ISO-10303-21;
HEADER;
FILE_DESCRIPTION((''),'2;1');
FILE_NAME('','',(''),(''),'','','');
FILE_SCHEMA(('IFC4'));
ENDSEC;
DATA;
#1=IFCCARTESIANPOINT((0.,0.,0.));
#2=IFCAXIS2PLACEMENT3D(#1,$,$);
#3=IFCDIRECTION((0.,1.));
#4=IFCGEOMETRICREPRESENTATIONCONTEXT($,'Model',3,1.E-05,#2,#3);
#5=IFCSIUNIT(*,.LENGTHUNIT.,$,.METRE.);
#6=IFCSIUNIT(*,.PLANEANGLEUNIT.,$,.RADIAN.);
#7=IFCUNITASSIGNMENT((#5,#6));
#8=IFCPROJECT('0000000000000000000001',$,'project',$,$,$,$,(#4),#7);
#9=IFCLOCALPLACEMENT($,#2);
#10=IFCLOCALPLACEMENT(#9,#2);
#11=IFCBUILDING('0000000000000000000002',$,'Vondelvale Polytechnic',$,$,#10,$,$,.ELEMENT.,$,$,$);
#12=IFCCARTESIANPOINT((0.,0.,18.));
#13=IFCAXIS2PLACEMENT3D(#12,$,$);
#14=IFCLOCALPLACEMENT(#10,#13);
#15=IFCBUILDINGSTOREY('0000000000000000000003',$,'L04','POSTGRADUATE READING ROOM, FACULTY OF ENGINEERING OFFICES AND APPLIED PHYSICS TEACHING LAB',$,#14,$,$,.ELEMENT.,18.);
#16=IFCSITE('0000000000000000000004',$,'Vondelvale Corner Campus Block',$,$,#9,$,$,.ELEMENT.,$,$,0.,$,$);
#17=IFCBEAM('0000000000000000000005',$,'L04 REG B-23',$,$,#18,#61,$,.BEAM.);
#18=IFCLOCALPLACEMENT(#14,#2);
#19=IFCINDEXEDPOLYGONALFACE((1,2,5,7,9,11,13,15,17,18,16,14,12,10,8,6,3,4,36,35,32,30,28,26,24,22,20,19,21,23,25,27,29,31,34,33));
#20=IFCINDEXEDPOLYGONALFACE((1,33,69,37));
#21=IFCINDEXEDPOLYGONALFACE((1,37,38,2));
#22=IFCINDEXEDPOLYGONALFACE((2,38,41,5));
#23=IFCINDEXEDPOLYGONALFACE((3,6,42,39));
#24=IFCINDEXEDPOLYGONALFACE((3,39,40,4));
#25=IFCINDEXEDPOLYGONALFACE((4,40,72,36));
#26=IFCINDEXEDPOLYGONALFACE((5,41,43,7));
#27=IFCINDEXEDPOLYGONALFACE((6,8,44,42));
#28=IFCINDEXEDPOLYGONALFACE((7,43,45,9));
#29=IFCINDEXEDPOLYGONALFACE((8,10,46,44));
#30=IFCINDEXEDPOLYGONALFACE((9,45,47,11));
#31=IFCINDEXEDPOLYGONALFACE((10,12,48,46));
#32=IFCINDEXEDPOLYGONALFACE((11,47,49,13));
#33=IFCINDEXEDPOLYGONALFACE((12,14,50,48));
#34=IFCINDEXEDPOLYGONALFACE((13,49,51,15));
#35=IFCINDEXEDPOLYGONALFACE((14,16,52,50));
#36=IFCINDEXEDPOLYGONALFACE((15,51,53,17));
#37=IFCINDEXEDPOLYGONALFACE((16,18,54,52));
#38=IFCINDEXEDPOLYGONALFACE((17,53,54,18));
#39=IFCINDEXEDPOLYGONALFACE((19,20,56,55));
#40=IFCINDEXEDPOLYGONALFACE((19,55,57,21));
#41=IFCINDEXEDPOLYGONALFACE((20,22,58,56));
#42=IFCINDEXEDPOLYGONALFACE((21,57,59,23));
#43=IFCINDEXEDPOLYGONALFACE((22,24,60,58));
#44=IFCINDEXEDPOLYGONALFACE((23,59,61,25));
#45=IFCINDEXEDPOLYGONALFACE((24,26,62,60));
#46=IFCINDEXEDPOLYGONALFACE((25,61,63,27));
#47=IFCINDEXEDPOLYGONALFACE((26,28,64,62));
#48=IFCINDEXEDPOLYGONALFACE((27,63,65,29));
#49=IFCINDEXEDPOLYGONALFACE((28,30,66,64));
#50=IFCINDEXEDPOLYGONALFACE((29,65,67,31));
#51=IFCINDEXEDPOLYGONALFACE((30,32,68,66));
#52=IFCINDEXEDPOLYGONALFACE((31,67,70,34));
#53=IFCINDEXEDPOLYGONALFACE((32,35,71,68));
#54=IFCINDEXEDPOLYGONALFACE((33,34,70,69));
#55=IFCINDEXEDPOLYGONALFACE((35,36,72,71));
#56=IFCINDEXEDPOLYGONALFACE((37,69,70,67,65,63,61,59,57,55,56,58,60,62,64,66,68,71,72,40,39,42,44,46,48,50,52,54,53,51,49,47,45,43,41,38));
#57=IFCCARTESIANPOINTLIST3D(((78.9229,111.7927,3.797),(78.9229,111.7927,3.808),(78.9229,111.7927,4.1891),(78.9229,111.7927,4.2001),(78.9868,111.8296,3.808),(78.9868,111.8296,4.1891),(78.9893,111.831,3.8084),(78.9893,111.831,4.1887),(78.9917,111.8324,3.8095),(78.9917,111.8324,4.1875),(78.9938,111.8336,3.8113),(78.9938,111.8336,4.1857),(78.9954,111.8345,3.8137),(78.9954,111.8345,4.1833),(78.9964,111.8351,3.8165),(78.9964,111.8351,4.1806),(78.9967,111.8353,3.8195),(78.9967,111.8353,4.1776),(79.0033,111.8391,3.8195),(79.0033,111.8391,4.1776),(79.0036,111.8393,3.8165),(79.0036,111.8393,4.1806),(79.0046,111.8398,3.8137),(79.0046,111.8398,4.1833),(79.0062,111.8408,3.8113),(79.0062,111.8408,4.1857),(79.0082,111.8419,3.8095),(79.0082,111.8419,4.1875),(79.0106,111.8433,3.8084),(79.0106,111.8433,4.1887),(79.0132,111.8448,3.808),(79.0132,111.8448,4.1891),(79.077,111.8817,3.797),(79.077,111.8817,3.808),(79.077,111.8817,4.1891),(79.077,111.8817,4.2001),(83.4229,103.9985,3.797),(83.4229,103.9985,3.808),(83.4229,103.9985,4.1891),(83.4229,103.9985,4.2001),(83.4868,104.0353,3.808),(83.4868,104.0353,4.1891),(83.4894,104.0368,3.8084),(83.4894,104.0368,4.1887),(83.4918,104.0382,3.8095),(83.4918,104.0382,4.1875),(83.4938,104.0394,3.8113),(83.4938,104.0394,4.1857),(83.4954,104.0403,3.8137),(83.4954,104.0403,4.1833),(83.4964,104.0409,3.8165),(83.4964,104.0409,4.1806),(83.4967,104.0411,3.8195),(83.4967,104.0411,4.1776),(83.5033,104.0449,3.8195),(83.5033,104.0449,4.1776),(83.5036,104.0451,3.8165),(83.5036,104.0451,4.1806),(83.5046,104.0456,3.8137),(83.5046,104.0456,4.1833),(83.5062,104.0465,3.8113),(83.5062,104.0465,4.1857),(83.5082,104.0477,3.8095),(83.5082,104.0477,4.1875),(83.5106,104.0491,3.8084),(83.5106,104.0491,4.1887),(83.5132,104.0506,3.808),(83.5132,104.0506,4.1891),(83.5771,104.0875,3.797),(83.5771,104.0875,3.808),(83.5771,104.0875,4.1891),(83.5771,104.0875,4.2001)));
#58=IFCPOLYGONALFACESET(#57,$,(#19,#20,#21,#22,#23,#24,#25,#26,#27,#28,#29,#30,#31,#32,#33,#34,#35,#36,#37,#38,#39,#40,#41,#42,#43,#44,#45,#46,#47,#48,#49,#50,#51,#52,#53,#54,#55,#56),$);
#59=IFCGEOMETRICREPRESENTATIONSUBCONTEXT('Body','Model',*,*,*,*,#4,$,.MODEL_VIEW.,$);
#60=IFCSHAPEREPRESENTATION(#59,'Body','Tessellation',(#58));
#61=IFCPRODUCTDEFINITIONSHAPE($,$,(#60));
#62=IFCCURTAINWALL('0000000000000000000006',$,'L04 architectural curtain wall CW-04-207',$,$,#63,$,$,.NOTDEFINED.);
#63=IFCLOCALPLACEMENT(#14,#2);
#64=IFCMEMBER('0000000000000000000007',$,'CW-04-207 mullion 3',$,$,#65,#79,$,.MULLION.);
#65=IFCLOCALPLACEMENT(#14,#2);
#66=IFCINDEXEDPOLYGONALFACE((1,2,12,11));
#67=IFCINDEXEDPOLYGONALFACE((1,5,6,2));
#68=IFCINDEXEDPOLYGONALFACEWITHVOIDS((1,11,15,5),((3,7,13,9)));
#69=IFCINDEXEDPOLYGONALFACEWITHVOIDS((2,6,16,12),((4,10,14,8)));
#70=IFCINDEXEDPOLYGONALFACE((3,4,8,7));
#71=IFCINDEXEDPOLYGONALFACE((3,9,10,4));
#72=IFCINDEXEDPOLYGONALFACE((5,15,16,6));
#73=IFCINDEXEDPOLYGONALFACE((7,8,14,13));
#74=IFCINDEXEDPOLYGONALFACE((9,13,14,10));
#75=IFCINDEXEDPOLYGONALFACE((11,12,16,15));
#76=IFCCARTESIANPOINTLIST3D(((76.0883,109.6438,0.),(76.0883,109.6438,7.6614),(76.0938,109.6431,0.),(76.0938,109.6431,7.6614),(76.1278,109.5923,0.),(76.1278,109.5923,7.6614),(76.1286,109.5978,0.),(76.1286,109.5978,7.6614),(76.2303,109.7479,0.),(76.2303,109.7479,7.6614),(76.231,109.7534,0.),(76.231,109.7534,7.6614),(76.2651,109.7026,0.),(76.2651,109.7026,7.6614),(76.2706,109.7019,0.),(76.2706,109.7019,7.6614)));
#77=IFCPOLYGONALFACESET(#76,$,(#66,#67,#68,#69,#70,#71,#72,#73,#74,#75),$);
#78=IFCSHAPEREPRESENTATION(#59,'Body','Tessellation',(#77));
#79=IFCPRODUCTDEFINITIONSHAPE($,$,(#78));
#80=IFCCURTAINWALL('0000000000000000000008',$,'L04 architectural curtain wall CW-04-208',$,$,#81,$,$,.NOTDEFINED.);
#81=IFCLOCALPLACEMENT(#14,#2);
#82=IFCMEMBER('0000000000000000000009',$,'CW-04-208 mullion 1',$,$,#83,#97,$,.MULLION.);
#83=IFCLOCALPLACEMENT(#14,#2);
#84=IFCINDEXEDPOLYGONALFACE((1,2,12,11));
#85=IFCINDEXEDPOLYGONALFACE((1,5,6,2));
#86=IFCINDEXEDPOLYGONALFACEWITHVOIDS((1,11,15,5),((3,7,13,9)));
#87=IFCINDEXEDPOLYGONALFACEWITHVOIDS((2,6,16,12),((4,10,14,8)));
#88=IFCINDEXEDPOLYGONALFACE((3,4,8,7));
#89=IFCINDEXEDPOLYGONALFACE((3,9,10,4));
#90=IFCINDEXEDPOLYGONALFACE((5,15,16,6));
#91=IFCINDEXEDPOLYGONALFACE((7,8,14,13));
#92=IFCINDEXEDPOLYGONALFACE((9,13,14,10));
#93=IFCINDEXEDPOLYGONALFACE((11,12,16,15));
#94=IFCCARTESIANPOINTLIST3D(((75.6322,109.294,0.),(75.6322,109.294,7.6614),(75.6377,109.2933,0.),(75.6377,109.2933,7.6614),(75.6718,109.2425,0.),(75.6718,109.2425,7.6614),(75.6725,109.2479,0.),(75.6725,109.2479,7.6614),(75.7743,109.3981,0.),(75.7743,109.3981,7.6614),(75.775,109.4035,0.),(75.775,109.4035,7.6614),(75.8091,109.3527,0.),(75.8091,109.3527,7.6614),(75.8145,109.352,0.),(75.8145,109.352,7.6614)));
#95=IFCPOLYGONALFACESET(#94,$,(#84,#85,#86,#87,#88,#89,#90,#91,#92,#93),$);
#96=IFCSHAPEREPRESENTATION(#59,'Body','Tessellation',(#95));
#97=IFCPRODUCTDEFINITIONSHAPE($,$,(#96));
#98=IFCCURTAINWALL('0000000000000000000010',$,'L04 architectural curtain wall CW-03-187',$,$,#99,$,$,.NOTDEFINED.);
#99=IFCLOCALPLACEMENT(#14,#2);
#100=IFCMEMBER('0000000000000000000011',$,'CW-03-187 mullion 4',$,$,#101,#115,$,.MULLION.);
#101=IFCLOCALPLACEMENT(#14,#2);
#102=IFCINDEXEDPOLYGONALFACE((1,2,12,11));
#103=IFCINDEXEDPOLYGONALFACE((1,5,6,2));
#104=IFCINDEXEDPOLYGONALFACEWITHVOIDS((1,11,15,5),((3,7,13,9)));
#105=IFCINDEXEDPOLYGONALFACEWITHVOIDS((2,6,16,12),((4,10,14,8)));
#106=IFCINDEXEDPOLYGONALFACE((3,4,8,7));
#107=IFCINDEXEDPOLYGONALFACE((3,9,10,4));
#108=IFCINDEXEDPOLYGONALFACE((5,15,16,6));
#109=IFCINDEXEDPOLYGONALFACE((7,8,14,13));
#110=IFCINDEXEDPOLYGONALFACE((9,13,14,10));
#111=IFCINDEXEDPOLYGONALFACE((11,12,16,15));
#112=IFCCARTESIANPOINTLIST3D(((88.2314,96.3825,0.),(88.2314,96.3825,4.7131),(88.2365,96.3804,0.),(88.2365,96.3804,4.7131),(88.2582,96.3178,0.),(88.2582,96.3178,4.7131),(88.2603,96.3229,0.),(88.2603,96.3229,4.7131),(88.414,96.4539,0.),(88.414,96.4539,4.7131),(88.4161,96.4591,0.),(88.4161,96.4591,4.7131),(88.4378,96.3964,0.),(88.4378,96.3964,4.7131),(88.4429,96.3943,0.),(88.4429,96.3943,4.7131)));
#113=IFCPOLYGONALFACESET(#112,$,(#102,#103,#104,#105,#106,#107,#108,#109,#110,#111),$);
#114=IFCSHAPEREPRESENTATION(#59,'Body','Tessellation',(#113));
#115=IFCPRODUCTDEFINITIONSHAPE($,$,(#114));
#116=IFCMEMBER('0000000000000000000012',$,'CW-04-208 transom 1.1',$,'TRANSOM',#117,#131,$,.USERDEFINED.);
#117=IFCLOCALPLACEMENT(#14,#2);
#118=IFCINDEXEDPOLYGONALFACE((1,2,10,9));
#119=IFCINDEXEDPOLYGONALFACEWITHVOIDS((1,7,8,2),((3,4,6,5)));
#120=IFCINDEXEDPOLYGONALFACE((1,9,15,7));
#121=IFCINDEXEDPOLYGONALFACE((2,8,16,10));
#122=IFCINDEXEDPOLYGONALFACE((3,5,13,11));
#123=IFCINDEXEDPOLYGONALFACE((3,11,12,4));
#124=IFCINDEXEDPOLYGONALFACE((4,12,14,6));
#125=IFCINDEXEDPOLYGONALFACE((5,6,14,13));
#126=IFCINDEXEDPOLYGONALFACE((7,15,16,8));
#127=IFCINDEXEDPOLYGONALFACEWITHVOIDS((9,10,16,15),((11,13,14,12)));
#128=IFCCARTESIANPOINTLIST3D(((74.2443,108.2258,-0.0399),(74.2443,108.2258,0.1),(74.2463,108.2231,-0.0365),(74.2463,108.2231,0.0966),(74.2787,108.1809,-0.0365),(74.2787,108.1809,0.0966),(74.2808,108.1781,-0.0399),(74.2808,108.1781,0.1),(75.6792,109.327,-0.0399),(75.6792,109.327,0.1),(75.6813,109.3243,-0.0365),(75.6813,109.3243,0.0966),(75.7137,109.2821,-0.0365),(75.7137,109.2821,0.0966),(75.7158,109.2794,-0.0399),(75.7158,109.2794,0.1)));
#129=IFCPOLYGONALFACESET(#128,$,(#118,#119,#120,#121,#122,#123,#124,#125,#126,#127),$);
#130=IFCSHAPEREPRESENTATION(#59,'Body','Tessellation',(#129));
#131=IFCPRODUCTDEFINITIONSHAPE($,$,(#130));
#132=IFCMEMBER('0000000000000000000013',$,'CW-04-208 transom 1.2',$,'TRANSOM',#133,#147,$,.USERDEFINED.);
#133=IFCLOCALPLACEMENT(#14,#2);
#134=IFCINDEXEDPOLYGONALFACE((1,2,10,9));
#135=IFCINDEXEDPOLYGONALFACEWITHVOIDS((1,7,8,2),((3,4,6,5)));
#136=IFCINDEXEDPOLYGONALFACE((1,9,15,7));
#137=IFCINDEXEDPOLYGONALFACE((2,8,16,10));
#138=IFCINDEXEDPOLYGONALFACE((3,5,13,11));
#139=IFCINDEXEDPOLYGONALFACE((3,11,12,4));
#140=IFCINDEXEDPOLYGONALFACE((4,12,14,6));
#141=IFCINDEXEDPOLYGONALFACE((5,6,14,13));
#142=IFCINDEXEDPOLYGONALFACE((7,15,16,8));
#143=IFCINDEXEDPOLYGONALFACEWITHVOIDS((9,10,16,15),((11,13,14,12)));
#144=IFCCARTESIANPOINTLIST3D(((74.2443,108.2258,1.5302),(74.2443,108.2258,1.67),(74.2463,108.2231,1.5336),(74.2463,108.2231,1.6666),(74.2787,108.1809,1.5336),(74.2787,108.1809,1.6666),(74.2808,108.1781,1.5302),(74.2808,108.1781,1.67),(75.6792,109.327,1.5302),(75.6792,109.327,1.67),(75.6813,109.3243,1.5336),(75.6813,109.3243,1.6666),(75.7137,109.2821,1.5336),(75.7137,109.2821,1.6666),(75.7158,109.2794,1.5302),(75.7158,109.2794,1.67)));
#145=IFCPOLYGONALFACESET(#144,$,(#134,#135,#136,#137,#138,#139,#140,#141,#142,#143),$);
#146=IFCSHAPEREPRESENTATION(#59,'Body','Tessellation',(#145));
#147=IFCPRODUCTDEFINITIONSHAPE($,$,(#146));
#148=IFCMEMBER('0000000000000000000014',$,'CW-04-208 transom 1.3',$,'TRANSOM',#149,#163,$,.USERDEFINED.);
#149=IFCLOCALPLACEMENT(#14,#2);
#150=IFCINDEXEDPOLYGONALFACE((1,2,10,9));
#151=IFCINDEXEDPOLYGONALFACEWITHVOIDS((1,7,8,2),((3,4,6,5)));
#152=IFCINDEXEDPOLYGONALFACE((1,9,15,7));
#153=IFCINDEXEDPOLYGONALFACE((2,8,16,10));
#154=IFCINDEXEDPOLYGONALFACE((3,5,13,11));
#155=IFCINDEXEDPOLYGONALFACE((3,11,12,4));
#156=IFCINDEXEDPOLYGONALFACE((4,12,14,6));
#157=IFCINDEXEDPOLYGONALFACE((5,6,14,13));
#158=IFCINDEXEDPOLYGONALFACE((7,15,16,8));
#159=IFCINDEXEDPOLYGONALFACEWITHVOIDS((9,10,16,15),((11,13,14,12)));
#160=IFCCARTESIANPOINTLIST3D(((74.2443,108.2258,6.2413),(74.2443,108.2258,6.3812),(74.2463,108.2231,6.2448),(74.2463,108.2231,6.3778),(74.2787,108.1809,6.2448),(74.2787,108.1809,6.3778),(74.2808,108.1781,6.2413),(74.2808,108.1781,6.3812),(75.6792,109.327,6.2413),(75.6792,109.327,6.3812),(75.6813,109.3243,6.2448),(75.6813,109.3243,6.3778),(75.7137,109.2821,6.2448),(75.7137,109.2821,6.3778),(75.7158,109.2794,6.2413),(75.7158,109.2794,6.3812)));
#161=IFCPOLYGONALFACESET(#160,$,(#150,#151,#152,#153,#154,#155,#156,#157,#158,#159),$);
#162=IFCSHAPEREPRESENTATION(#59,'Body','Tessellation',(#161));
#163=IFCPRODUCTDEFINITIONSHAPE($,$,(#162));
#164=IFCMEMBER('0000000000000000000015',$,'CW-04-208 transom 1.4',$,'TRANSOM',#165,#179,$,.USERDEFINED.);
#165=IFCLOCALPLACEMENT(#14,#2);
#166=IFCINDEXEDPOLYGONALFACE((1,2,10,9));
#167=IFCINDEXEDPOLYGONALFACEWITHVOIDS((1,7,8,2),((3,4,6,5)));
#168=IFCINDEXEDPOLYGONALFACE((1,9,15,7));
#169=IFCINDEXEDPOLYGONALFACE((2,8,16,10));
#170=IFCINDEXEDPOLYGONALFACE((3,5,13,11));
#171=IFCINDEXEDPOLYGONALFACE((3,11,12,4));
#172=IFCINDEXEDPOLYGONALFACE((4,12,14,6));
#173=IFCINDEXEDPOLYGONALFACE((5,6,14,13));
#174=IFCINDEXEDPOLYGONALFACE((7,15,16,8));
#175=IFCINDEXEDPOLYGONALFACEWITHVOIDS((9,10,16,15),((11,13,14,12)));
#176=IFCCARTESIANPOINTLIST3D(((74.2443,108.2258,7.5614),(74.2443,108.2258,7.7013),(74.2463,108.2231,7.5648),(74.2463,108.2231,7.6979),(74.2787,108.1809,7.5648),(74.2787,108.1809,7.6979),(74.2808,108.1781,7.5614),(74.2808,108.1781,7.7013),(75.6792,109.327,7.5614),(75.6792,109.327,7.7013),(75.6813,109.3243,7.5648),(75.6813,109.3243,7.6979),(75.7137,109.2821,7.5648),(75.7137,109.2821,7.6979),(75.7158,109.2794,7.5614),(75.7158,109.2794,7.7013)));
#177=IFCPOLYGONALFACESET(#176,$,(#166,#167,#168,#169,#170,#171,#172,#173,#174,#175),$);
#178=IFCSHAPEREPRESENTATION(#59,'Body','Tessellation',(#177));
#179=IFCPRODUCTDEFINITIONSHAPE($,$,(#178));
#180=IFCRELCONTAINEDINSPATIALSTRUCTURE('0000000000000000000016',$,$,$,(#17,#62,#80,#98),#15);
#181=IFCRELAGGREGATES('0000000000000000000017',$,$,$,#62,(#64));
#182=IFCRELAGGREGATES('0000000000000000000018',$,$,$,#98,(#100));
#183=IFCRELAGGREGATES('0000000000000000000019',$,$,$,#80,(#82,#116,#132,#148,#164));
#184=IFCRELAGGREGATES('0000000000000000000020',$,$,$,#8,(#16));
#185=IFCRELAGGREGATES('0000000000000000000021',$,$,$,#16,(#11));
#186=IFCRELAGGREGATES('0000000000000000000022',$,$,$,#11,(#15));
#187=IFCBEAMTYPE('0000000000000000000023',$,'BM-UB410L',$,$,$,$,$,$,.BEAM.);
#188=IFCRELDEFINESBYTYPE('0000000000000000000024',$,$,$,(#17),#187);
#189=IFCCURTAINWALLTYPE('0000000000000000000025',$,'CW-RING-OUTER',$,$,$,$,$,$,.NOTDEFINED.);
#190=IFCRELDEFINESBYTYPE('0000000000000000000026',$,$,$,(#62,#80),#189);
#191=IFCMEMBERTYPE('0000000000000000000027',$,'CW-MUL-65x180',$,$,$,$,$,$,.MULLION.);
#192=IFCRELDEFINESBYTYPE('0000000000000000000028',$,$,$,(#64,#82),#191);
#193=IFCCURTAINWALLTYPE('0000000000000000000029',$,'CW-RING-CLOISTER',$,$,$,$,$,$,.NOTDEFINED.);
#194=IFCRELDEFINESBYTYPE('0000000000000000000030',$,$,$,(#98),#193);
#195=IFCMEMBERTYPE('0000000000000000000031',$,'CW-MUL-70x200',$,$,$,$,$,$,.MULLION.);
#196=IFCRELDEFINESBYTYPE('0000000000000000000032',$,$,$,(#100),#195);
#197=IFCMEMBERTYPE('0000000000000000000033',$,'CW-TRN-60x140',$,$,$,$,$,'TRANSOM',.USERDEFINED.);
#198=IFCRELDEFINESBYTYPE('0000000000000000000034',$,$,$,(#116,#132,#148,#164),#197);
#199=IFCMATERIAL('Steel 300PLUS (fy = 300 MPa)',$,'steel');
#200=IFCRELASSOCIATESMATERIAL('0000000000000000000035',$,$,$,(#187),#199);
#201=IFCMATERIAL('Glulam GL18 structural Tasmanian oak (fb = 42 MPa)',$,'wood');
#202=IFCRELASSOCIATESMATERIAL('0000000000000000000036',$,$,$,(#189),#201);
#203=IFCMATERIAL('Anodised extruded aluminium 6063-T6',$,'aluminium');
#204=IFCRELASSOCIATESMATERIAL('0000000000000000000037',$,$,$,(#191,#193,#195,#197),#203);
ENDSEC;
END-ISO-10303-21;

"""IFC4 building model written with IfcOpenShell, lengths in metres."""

from ifc_helpers import new_model, si_unit, direction, frame, origin, origin_2d, place, context, subcontext, project, spatial, hollow_rectangle, i_section, extrude, material, material_profile, profile_set, type_object, element, aggregate, save


model = new_model("IFC4")

# Units and contexts
model_context = context("Model", 3, precision=1e-05, world=origin(), true_north=direction((0.0, 1.0)))
body_context = subcontext(model_context, "Body", "Model", "MODEL_VIEW")
ifc_project = project(units=[si_unit("LENGTHUNIT", "METRE"), si_unit("PLANEANGLEUNIT", "RADIAN")], contexts=[model_context])

# Site, building, storey
site_placement = place(None, origin())
site = spatial("IfcSite", under=ifc_project, at=site_placement, Name="Vondelvale Corner Campus Block", CompositionType="ELEMENT", RefElevation=0.0)
building_placement = place(site_placement, origin())
building = spatial("IfcBuilding", under=site, at=building_placement, Name="Vondelvale Polytechnic", CompositionType="ELEMENT")
storey_placement = place(building_placement, frame((0.0, 0.0, 18.0)))
storey = spatial("IfcBuildingStorey", under=building, at=storey_placement, Name="L04", Description="POSTGRADUATE READING ROOM, FACULTY OF ENGINEERING OFFICES AND APPLIED PHYSICS TEACHING LAB", CompositionType="ELEMENT", Elevation=18.0)

# Shared definitions
ifc_material_1 = material(Name="Glulam GL18 structural Tasmanian oak (fb = 42 MPa)", Category="wood")
ifc_material_2 = material(Name="Steel 300PLUS (fy = 300 MPa)", Category="steel")

# Beam
ifc_material_profile_1 = material_profile(ifc_material_2, i_section(OverallWidth=0.178, OverallDepth=0.4031, WebThickness=0.0076, FlangeThickness=0.011, FilletRadius=0.0115, at=origin_2d()), Name="410UB53.7")
ifc_profile_set_1 = profile_set([ifc_material_profile_1], Name="Steel 300PLUS (fy = 300 MPa)")
beam_type_1 = type_object("IfcBeamType", Name="BM-UB410L", PredefinedType="BEAM", material=ifc_profile_set_1)
beam_1_placement = place(storey_placement, frame((83.5, 104.043, 3.9985), z_axis=(-0.500002, 0.866024, 0.0), x_axis=(-0.866024, -0.500002, 0.0)))
element("IfcBeam", 1, at=beam_1_placement, inside=storey, type_object=beam_type_1, Name="L04 REG B-23", PredefinedType="BEAM", context=body_context, shape_type="SweptSolid", body=[
    extrude(i_section(OverallWidth=0.178, OverallDepth=0.4031, WebThickness=0.0076, FlangeThickness=0.011, FilletRadius=0.0115, at=origin_2d()), origin(), (0.0, 0.0, 1.0), 9.0),
])

# Curtain walls, members
curtain_wall_type_1 = type_object("IfcCurtainWallType", Name="CW-RING-OUTER", PredefinedType="NOTDEFINED", material=ifc_material_1)
curtain_wall_1_placement = place(storey_placement, origin())
curtain_wall_1 = element("IfcCurtainWall", 2, at=curtain_wall_1_placement, inside=storey, type_object=curtain_wall_type_1, Name="L04 architectural curtain wall CW-04-207", PredefinedType="NOTDEFINED")
ifc_material_3 = material(Name="Anodised extruded aluminium 6063-T6", Category="aluminium")
ifc_material_profile_2 = material_profile(ifc_material_3, hollow_rectangle(XDim=0.0649, YDim=0.1799, WallThickness=0.0039, at=origin_2d()), Name="CW-MUL-180x65")
ifc_profile_set_2 = profile_set([ifc_material_profile_2], Name="Anodised extruded aluminium 6063-T6")
member_type_1 = type_object("IfcMemberType", Name="CW-MUL-65x180", PredefinedType="MULLION", material=ifc_profile_set_2)
member_1_placement = place(storey_placement, frame((76.1794, 109.6729, 0.0), z_axis=(0.0, 0.0, 1.0), x_axis=(0.608787, -0.793334, 0.0)))
member_1 = element("IfcMember", 3, at=member_1_placement, type_object=member_type_1, Name="CW-04-207 mullion 3", PredefinedType="MULLION", context=body_context, shape_type="SweptSolid", body=[
    extrude(hollow_rectangle(XDim=0.0649, YDim=0.1799, WallThickness=0.0039, at=origin_2d()), origin(), (0.0, 0.0, 1.0), 7.6614),
])
aggregate(curtain_wall_1, [member_1])
curtain_wall_2_placement = place(storey_placement, origin())
curtain_wall_2 = element("IfcCurtainWall", 4, at=curtain_wall_2_placement, inside=storey, type_object=curtain_wall_type_1, Name="L04 architectural curtain wall CW-04-208", PredefinedType="NOTDEFINED")
member_2_placement = place(storey_placement, frame((75.7234, 109.323, 0.0), z_axis=(0.0, 0.0, 1.0), x_axis=(0.608771, -0.793346, 0.0)))
member_2 = element("IfcMember", 5, at=member_2_placement, type_object=member_type_1, Name="CW-04-208 mullion 1", PredefinedType="MULLION", context=body_context, shape_type="SweptSolid", body=[
    extrude(hollow_rectangle(XDim=0.0649, YDim=0.1799, WallThickness=0.0039, at=origin_2d()), origin(), (0.0, 0.0, 1.0), 7.6614),
])
curtain_wall_type_2 = type_object("IfcCurtainWallType", Name="CW-RING-CLOISTER", PredefinedType="NOTDEFINED", material=ifc_material_3)
curtain_wall_3_placement = place(storey_placement, origin())
curtain_wall_3 = element("IfcCurtainWall", 6, at=curtain_wall_3_placement, inside=storey, type_object=curtain_wall_type_2, Name="L04 architectural curtain wall CW-03-187", PredefinedType="NOTDEFINED")
ifc_material_profile_3 = material_profile(ifc_material_3, hollow_rectangle(XDim=0.0701, YDim=0.2, WallThickness=0.0039, at=origin_2d()), Name="CW-MUL-200x70")
ifc_profile_set_3 = profile_set([ifc_material_profile_3], Name="Anodised extruded aluminium 6063-T6")
member_type_2 = type_object("IfcMemberType", Name="CW-MUL-70x200", PredefinedType="MULLION", material=ifc_profile_set_3)
member_3_placement = place(storey_placement, frame((88.3372, 96.3884, 0.0), z_axis=(0.0, 0.0, 1.0), x_axis=(0.382679, -0.923882, 0.0)))
member_3 = element("IfcMember", 7, at=member_3_placement, type_object=member_type_2, Name="CW-03-187 mullion 4", PredefinedType="MULLION", context=body_context, shape_type="SweptSolid", body=[
    extrude(hollow_rectangle(XDim=0.0701, YDim=0.2, WallThickness=0.0039, at=origin_2d()), origin(), (0.0, 0.0, 1.0), 4.7131),
])

# Members
ifc_material_profile_4 = material_profile(ifc_material_3, hollow_rectangle(XDim=0.0601, YDim=0.1399, WallThickness=0.0034, at=origin_2d()), Name="CW-TRN-140x60")
ifc_profile_set_4 = profile_set([ifc_material_profile_4], Name="Anodised extruded aluminium 6063-T6")
member_type_3 = type_object("IfcMemberType", Name="CW-TRN-60x140", ElementType="TRANSOM", PredefinedType="USERDEFINED", material=ifc_profile_set_4)
member_4_placement = place(storey_placement, frame((75.6975, 109.3032, 0.03), z_axis=(-0.793311, -0.608817, 0.0), x_axis=(0.608817, -0.793311, 0.0)))
member_4 = element("IfcMember", 8, at=member_4_placement, type_object=member_type_3, Name="CW-04-208 transom 1.1", ObjectType="TRANSOM", PredefinedType="USERDEFINED", context=body_context, shape_type="SweptSolid", body=[
    extrude(hollow_rectangle(XDim=0.0601, YDim=0.1399, WallThickness=0.0034, at=origin_2d()), origin(), (0.0, 0.0, 1.0), 1.8088),
])
member_5_placement = place(storey_placement, frame((75.6975, 109.3032, 1.6001), z_axis=(-0.793311, -0.608817, 0.0), x_axis=(0.608817, -0.793311, 0.0)))
member_5 = element("IfcMember", 9, at=member_5_placement, type_object=member_type_3, Name="CW-04-208 transom 1.2", ObjectType="TRANSOM", PredefinedType="USERDEFINED", context=body_context, shape_type="SweptSolid", body=[
    extrude(hollow_rectangle(XDim=0.0601, YDim=0.1399, WallThickness=0.0034, at=origin_2d()), origin(), (0.0, 0.0, 1.0), 1.8088),
])
member_6_placement = place(storey_placement, frame((75.6975, 109.3032, 6.3113), z_axis=(-0.793311, -0.608817, 0.0), x_axis=(0.608817, -0.793311, 0.0)))
member_6 = element("IfcMember", 10, at=member_6_placement, type_object=member_type_3, Name="CW-04-208 transom 1.3", ObjectType="TRANSOM", PredefinedType="USERDEFINED", context=body_context, shape_type="SweptSolid", body=[
    extrude(hollow_rectangle(XDim=0.0601, YDim=0.1399, WallThickness=0.0034, at=origin_2d()), origin(), (0.0, 0.0, 1.0), 1.8088),
])
member_7_placement = place(storey_placement, frame((75.6975, 109.3032, 7.6313), z_axis=(-0.793311, -0.608817, 0.0), x_axis=(0.608817, -0.793311, 0.0)))
member_7 = element("IfcMember", 11, at=member_7_placement, type_object=member_type_3, Name="CW-04-208 transom 1.4", ObjectType="TRANSOM", PredefinedType="USERDEFINED", context=body_context, shape_type="SweptSolid", body=[
    extrude(hollow_rectangle(XDim=0.0601, YDim=0.1399, WallThickness=0.0034, at=origin_2d()), origin(), (0.0, 0.0, 1.0), 1.8088),
])

aggregate(curtain_wall_3, [member_3])
aggregate(curtain_wall_2, [member_2, member_4, member_5, member_6, member_7])

save(model, "model.ifc")
